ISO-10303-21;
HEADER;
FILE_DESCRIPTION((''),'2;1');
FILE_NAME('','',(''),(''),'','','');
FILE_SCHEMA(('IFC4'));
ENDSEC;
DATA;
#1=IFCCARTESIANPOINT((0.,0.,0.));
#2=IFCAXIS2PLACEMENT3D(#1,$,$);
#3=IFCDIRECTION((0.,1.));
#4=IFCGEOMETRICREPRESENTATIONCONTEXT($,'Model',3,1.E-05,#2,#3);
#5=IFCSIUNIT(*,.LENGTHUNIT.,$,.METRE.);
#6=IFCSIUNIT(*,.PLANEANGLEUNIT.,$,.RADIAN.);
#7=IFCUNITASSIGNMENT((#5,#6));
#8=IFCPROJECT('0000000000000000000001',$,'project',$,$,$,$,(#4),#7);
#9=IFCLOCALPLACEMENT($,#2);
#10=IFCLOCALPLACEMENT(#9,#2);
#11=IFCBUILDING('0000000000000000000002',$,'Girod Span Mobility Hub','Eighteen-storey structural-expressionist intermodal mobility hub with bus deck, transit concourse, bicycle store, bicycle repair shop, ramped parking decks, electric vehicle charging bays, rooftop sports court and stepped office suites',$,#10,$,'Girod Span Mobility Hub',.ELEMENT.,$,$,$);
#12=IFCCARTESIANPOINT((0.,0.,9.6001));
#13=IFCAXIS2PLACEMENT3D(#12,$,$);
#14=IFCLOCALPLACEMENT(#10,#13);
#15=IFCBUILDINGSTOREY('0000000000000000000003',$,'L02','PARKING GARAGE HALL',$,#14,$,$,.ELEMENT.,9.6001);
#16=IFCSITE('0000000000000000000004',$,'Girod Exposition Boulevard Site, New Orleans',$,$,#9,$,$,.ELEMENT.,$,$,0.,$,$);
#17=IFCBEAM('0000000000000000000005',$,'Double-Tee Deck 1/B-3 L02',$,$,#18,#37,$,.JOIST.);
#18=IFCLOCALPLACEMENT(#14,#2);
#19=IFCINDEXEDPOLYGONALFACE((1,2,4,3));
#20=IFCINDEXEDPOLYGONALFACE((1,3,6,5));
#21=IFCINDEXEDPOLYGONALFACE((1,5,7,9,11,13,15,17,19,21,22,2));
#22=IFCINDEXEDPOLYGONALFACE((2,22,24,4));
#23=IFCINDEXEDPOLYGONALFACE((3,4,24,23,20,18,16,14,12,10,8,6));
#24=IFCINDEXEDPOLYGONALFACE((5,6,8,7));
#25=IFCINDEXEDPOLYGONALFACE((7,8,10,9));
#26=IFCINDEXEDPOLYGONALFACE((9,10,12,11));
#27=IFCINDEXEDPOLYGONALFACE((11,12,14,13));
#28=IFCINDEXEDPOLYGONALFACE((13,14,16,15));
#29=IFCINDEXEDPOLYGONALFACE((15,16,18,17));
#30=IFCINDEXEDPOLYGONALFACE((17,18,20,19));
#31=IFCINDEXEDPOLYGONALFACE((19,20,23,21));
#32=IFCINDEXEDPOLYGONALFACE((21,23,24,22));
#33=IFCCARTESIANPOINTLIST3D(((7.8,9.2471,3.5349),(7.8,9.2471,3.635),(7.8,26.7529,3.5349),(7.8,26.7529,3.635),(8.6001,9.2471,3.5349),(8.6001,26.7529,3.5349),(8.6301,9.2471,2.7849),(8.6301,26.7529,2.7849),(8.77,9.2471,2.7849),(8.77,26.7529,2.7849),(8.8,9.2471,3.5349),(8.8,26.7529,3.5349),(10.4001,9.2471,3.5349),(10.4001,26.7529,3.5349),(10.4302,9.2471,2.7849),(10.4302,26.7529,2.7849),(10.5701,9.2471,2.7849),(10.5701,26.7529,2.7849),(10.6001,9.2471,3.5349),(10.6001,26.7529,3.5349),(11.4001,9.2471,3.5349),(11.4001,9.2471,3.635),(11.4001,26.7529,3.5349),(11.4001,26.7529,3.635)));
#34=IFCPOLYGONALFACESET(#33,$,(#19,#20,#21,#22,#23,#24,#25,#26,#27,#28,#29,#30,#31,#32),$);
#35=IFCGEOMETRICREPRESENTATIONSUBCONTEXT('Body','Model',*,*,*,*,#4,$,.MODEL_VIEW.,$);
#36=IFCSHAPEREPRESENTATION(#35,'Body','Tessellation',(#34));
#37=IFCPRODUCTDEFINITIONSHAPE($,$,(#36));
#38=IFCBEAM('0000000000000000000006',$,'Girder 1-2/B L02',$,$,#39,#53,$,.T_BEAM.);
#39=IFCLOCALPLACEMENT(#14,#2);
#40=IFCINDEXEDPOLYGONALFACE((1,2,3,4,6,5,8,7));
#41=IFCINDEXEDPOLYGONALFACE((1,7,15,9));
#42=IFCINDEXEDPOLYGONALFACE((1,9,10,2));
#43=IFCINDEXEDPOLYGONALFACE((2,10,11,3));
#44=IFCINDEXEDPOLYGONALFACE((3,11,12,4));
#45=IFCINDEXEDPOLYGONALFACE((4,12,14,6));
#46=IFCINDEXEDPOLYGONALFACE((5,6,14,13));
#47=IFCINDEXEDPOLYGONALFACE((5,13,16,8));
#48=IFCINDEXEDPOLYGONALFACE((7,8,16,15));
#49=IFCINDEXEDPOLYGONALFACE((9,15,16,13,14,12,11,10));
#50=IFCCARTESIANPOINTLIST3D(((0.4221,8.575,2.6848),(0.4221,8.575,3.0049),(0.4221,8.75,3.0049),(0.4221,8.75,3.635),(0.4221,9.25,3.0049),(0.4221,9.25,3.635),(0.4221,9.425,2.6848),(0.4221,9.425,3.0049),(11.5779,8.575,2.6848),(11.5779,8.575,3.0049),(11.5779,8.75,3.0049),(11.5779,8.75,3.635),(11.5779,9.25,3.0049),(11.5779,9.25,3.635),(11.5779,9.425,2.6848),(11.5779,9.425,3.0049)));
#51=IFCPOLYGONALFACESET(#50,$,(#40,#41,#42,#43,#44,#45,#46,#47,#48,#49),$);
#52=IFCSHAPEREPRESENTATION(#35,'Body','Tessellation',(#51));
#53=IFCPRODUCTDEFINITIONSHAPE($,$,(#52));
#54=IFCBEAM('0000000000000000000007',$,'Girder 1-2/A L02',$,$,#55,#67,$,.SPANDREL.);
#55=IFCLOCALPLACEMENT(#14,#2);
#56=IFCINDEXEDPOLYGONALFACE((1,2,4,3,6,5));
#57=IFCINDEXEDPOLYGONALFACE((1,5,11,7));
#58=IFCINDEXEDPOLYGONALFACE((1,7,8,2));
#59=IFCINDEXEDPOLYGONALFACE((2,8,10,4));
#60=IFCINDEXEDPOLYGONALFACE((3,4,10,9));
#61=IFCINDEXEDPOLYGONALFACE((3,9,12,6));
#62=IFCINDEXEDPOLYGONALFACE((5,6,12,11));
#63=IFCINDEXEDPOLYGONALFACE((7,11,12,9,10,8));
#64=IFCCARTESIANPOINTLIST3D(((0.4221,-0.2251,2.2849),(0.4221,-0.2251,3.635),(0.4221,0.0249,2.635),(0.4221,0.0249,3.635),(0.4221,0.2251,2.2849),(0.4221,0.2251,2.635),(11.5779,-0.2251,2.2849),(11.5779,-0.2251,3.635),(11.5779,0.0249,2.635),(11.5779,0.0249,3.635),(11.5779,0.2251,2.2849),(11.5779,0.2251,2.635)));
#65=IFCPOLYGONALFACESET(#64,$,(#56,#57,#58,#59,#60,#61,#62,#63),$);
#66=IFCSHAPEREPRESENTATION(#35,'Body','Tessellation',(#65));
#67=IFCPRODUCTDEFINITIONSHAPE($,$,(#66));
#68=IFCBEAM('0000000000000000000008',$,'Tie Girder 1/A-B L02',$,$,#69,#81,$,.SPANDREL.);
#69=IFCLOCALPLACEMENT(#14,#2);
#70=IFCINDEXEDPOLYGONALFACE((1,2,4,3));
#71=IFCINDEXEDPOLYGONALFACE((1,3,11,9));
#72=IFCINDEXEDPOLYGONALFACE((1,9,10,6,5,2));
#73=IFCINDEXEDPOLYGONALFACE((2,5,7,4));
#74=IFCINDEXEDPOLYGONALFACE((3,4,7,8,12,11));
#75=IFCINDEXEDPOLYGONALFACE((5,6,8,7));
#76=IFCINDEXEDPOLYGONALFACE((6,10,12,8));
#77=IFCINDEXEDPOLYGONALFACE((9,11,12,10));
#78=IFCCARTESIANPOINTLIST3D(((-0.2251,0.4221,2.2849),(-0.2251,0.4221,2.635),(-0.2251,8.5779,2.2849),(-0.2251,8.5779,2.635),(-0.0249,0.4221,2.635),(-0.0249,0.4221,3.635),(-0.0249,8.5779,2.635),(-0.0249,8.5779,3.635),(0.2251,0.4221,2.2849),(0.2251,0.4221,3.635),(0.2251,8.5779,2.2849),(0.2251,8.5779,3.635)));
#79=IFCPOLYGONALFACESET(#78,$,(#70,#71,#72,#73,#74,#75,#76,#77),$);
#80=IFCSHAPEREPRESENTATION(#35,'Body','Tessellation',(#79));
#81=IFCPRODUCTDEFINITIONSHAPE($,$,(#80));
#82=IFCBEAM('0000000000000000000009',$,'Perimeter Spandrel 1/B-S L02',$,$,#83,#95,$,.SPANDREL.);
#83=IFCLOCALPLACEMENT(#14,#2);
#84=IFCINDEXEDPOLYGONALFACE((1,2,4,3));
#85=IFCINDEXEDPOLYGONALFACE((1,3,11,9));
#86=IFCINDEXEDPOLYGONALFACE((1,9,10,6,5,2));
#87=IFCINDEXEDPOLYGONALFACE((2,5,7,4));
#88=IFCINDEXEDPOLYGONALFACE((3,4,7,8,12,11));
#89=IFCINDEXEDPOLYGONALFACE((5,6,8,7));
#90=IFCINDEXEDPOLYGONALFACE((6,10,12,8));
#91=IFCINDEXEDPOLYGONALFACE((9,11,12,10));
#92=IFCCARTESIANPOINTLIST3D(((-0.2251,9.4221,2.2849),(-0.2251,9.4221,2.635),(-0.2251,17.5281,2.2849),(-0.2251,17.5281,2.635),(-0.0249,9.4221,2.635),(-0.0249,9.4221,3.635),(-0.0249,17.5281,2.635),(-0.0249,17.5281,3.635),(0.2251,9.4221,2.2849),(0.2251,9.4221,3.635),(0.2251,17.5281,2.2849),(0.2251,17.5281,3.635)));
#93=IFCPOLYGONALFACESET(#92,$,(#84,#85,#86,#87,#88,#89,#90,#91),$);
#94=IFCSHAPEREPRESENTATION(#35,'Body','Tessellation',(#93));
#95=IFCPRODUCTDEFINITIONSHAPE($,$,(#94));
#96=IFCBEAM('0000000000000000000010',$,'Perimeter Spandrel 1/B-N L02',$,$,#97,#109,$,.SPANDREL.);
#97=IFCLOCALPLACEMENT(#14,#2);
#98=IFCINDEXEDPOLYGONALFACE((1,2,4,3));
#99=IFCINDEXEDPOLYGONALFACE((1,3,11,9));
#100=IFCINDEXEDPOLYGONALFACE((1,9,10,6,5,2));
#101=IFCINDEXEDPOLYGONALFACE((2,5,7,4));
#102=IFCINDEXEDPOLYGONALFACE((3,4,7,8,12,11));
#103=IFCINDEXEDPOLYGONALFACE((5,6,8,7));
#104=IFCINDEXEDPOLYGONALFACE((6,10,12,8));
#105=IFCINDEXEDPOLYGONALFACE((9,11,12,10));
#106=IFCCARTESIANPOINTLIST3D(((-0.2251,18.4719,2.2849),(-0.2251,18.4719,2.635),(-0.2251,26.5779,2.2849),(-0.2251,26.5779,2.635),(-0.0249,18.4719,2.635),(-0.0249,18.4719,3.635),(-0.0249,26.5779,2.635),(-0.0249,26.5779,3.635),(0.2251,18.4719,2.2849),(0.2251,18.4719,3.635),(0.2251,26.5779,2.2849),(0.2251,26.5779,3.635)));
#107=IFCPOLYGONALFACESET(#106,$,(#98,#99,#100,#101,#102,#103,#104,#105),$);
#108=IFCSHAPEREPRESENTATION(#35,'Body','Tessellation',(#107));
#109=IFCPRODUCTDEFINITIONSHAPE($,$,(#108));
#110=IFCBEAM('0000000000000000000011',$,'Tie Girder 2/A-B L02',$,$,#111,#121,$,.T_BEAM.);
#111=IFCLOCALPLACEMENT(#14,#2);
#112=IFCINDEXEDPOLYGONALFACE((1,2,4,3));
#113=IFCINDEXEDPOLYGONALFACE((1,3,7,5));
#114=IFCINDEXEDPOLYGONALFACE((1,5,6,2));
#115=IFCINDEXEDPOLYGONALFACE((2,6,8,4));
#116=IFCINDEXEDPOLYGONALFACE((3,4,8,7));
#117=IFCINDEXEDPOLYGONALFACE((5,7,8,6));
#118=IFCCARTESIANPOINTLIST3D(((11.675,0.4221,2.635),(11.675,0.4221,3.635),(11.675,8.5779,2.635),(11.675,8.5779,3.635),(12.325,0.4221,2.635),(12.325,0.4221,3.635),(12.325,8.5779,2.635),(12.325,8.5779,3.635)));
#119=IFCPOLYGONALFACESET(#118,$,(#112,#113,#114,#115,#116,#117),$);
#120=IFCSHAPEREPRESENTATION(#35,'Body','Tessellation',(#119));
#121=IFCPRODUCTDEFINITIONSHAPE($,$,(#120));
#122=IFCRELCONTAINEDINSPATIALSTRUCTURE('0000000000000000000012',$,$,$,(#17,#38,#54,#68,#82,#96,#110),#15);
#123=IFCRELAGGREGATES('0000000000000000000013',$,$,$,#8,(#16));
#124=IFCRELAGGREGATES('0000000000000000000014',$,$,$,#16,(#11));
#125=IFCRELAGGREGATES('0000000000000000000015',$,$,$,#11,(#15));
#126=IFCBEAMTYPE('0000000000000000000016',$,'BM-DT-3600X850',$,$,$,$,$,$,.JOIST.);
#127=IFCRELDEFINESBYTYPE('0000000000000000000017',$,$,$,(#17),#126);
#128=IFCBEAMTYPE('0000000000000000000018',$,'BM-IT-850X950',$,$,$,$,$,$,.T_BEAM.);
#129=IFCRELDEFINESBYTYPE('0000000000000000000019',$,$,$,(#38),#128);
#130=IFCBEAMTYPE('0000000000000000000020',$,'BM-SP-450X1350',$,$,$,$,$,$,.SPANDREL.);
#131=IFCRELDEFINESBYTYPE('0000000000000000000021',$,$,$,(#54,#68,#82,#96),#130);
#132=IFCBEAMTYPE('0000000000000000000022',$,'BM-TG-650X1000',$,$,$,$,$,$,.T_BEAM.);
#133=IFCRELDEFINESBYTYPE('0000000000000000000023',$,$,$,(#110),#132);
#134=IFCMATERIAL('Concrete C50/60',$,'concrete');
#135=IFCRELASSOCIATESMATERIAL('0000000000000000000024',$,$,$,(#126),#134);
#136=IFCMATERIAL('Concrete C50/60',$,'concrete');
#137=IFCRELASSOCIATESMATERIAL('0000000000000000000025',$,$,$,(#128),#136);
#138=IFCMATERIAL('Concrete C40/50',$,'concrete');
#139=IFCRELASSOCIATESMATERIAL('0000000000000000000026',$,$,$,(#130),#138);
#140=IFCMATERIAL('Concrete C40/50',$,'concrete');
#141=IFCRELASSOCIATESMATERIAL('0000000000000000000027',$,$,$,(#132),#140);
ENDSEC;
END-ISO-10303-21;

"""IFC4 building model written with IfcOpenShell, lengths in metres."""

from ifc_helpers import new_model, si_unit, direction, frame, origin, origin_2d, place, context, subcontext, project, spatial, polyline, rectangle, outline, extrude, material, material_profile, profile_set, type_object, element, save


model = new_model("IFC4")

# Units and contexts
model_context = context("Model", 3, precision=1e-05, world=origin(), true_north=direction((0.0, 1.0)))
body_context = subcontext(model_context, "Body", "Model", "MODEL_VIEW")
ifc_project = project(units=[si_unit("LENGTHUNIT", "METRE"), si_unit("PLANEANGLEUNIT", "RADIAN")], contexts=[model_context])

# Site, building, storey
site_placement = place(None, origin())
site = spatial("IfcSite", under=ifc_project, at=site_placement, Name="Girod Exposition Boulevard Site, New Orleans", CompositionType="ELEMENT", RefElevation=0.0)
building_placement = place(site_placement, origin())
building = spatial("IfcBuilding", under=site, at=building_placement, Name="Girod Span Mobility Hub", Description="Eighteen-storey structural-expressionist intermodal mobility hub with bus deck, transit concourse, bicycle store, bicycle repair shop, ramped parking decks, electric vehicle charging bays, rooftop sports court and stepped office suites", LongName="Girod Span Mobility Hub", CompositionType="ELEMENT")
storey_placement = place(building_placement, frame((0.0, 0.0, 9.6001)))
storey = spatial("IfcBuildingStorey", under=building, at=storey_placement, Name="L02", Description="PARKING GARAGE HALL", CompositionType="ELEMENT", Elevation=9.6001)

# Beams
ifc_material_1 = material(Name="Concrete C50/60", Category="concrete")
ifc_material_profile_1 = material_profile(ifc_material_1, outline(polyline([(-1.8, 0.425), (-1.8, 0.325), (-1.0, 0.325), (-0.97, -0.425), (-0.8301, -0.425), (-0.8, 0.325), (0.8, 0.325), (0.8301, -0.425), (0.97, -0.425), (1.0, 0.325), (1.8, 0.325), (1.8, 0.425), (-1.8, 0.425)])), Name="DT-3600X850")
ifc_profile_set_1 = profile_set([ifc_material_profile_1], Name="Concrete C50/60")
beam_type_1 = type_object("IfcBeamType", Name="BM-DT-3600X850", PredefinedType="JOIST", material=ifc_profile_set_1)
for number, where, z_axis, x_axis, name in (
    (1, (9.6001, 9.2471, 3.21), (0.0, 1.0, 0.0), (-1.0, 0.0, 0.0), "Double-Tee Deck 1/B-3 L02"),
):
    element("IfcBeam", number, at=place(storey_placement, frame(where, z_axis=z_axis, x_axis=x_axis)), inside=storey, type_object=beam_type_1, Name=name, PredefinedType="JOIST", context=body_context, shape_type="SweptSolid", body=[
        extrude(outline(polyline([(-1.8, 0.425), (-1.8, 0.325), (-1.0, 0.325), (-0.97, -0.425), (-0.8301, -0.425), (-0.8, 0.325), (0.8, 0.325), (0.8301, -0.425), (0.97, -0.425), (1.0, 0.325), (1.8, 0.325), (1.8, 0.425), (-1.8, 0.425)])), origin(), (0.0, 0.0, 1.0), 17.5059),
    ])
ifc_material_2 = material(Name="Concrete C50/60", Category="concrete")
ifc_material_profile_2 = material_profile(ifc_material_2, outline(polyline([(-0.425, -0.4751), (0.425, -0.4751), (0.425, -0.155), (0.25, -0.155), (0.25, 0.4751), (-0.25, 0.4751), (-0.25, -0.155), (-0.425, -0.155), (-0.425, -0.4751)])), Name="IT-850X950")
ifc_profile_set_2 = profile_set([ifc_material_profile_2], Name="Concrete C50/60")
beam_type_2 = type_object("IfcBeamType", Name="BM-IT-850X950", PredefinedType="T_BEAM", material=ifc_profile_set_2)
beam_1_placement = place(storey_placement, frame((0.4221, 9.0, 3.1599), z_axis=(1.0, 0.0, 0.0), x_axis=(0.0, 1.0, 0.0)))
element("IfcBeam", 2, at=beam_1_placement, inside=storey, type_object=beam_type_2, Name="Girder 1-2/B L02", PredefinedType="T_BEAM", context=body_context, shape_type="SweptSolid", body=[
    extrude(outline(polyline([(-0.425, -0.4751), (0.425, -0.4751), (0.425, -0.155), (0.25, -0.155), (0.25, 0.4751), (-0.25, 0.4751), (-0.25, -0.155), (-0.425, -0.155), (-0.425, -0.4751)])), origin(), (0.0, 0.0, 1.0), 11.1558),
])
ifc_material_3 = material(Name="Concrete C40/50", Category="concrete")
ifc_material_profile_3 = material_profile(ifc_material_3, outline(polyline([(-0.2251, -0.675), (0.2251, -0.675), (0.2251, -0.325), (0.0249, -0.325), (0.0249, 0.675), (-0.2251, 0.675), (-0.2251, -0.675)])), Name="SP-450X1350")
ifc_profile_set_3 = profile_set([ifc_material_profile_3], Name="Concrete C40/50")
beam_type_3 = type_object("IfcBeamType", Name="BM-SP-450X1350", PredefinedType="SPANDREL", material=ifc_profile_set_3)
beam_2_placement = place(storey_placement, frame((0.4221, 0.0, 2.96), z_axis=(1.0, 0.0, 0.0), x_axis=(0.0, 1.0, 0.0)))
element("IfcBeam", 3, at=beam_2_placement, inside=storey, type_object=beam_type_3, Name="Girder 1-2/A L02", PredefinedType="SPANDREL", context=body_context, shape_type="SweptSolid", body=[
    extrude(outline(polyline([(-0.2251, -0.675), (0.2251, -0.675), (0.2251, -0.325), (0.0249, -0.325), (0.0249, 0.675), (-0.2251, 0.675), (-0.2251, -0.675)])), origin(), (0.0, 0.0, 1.0), 11.1558),
])
beam_3_placement = place(storey_placement, frame((0.0, 0.4221, 2.96), z_axis=(0.0, 1.0, 0.0), x_axis=(-1.0, 0.0, 0.0)))
element("IfcBeam", 4, at=beam_3_placement, inside=storey, type_object=beam_type_3, Name="Tie Girder 1/A-B L02", PredefinedType="SPANDREL", context=body_context, shape_type="SweptSolid", body=[
    extrude(outline(polyline([(-0.2251, -0.675), (0.2251, -0.675), (0.2251, -0.325), (0.0249, -0.325), (0.0249, 0.675), (-0.2251, 0.675), (-0.2251, -0.675)])), origin(), (0.0, 0.0, 1.0), 8.1558),
])
for number, where, z_axis, x_axis, name in (
    (5, (0.0, 9.4221, 2.96), (0.0, 1.0, 0.0), (-1.0, 0.0, 0.0), "Perimeter Spandrel 1/B-S L02"),
    (6, (0.0, 18.4719, 2.96), (0.0, 1.0, 0.0), (-1.0, 0.0, 0.0), "Perimeter Spandrel 1/B-N L02"),
):
    element("IfcBeam", number, at=place(storey_placement, frame(where, z_axis=z_axis, x_axis=x_axis)), inside=storey, type_object=beam_type_3, Name=name, PredefinedType="SPANDREL", context=body_context, shape_type="SweptSolid", body=[
        extrude(outline(polyline([(-0.2251, -0.675), (0.2251, -0.675), (0.2251, -0.325), (0.0249, -0.325), (0.0249, 0.675), (-0.2251, 0.675), (-0.2251, -0.675)])), origin(), (0.0, 0.0, 1.0), 8.106),
    ])
ifc_material_4 = material(Name="Concrete C40/50", Category="concrete")
ifc_material_profile_4 = material_profile(ifc_material_4, rectangle(XDim=0.6499, YDim=1.0, at=origin_2d()), Name="TG-650X1000")
ifc_profile_set_4 = profile_set([ifc_material_profile_4], Name="Concrete C40/50")
beam_type_4 = type_object("IfcBeamType", Name="BM-TG-650X1000", PredefinedType="T_BEAM", material=ifc_profile_set_4)
beam_4_placement = place(storey_placement, frame((12.0, 0.4221, 3.135), z_axis=(0.0, 1.0, 0.0), x_axis=(-1.0, 0.0, 0.0)))
element("IfcBeam", 7, at=beam_4_placement, inside=storey, type_object=beam_type_4, Name="Tie Girder 2/A-B L02", PredefinedType="T_BEAM", context=body_context, shape_type="SweptSolid", body=[
    extrude(rectangle(XDim=0.6499, YDim=1.0, at=origin_2d()), origin(), (0.0, 0.0, 1.0), 8.1558),
])

save(model, "model.ifc")
